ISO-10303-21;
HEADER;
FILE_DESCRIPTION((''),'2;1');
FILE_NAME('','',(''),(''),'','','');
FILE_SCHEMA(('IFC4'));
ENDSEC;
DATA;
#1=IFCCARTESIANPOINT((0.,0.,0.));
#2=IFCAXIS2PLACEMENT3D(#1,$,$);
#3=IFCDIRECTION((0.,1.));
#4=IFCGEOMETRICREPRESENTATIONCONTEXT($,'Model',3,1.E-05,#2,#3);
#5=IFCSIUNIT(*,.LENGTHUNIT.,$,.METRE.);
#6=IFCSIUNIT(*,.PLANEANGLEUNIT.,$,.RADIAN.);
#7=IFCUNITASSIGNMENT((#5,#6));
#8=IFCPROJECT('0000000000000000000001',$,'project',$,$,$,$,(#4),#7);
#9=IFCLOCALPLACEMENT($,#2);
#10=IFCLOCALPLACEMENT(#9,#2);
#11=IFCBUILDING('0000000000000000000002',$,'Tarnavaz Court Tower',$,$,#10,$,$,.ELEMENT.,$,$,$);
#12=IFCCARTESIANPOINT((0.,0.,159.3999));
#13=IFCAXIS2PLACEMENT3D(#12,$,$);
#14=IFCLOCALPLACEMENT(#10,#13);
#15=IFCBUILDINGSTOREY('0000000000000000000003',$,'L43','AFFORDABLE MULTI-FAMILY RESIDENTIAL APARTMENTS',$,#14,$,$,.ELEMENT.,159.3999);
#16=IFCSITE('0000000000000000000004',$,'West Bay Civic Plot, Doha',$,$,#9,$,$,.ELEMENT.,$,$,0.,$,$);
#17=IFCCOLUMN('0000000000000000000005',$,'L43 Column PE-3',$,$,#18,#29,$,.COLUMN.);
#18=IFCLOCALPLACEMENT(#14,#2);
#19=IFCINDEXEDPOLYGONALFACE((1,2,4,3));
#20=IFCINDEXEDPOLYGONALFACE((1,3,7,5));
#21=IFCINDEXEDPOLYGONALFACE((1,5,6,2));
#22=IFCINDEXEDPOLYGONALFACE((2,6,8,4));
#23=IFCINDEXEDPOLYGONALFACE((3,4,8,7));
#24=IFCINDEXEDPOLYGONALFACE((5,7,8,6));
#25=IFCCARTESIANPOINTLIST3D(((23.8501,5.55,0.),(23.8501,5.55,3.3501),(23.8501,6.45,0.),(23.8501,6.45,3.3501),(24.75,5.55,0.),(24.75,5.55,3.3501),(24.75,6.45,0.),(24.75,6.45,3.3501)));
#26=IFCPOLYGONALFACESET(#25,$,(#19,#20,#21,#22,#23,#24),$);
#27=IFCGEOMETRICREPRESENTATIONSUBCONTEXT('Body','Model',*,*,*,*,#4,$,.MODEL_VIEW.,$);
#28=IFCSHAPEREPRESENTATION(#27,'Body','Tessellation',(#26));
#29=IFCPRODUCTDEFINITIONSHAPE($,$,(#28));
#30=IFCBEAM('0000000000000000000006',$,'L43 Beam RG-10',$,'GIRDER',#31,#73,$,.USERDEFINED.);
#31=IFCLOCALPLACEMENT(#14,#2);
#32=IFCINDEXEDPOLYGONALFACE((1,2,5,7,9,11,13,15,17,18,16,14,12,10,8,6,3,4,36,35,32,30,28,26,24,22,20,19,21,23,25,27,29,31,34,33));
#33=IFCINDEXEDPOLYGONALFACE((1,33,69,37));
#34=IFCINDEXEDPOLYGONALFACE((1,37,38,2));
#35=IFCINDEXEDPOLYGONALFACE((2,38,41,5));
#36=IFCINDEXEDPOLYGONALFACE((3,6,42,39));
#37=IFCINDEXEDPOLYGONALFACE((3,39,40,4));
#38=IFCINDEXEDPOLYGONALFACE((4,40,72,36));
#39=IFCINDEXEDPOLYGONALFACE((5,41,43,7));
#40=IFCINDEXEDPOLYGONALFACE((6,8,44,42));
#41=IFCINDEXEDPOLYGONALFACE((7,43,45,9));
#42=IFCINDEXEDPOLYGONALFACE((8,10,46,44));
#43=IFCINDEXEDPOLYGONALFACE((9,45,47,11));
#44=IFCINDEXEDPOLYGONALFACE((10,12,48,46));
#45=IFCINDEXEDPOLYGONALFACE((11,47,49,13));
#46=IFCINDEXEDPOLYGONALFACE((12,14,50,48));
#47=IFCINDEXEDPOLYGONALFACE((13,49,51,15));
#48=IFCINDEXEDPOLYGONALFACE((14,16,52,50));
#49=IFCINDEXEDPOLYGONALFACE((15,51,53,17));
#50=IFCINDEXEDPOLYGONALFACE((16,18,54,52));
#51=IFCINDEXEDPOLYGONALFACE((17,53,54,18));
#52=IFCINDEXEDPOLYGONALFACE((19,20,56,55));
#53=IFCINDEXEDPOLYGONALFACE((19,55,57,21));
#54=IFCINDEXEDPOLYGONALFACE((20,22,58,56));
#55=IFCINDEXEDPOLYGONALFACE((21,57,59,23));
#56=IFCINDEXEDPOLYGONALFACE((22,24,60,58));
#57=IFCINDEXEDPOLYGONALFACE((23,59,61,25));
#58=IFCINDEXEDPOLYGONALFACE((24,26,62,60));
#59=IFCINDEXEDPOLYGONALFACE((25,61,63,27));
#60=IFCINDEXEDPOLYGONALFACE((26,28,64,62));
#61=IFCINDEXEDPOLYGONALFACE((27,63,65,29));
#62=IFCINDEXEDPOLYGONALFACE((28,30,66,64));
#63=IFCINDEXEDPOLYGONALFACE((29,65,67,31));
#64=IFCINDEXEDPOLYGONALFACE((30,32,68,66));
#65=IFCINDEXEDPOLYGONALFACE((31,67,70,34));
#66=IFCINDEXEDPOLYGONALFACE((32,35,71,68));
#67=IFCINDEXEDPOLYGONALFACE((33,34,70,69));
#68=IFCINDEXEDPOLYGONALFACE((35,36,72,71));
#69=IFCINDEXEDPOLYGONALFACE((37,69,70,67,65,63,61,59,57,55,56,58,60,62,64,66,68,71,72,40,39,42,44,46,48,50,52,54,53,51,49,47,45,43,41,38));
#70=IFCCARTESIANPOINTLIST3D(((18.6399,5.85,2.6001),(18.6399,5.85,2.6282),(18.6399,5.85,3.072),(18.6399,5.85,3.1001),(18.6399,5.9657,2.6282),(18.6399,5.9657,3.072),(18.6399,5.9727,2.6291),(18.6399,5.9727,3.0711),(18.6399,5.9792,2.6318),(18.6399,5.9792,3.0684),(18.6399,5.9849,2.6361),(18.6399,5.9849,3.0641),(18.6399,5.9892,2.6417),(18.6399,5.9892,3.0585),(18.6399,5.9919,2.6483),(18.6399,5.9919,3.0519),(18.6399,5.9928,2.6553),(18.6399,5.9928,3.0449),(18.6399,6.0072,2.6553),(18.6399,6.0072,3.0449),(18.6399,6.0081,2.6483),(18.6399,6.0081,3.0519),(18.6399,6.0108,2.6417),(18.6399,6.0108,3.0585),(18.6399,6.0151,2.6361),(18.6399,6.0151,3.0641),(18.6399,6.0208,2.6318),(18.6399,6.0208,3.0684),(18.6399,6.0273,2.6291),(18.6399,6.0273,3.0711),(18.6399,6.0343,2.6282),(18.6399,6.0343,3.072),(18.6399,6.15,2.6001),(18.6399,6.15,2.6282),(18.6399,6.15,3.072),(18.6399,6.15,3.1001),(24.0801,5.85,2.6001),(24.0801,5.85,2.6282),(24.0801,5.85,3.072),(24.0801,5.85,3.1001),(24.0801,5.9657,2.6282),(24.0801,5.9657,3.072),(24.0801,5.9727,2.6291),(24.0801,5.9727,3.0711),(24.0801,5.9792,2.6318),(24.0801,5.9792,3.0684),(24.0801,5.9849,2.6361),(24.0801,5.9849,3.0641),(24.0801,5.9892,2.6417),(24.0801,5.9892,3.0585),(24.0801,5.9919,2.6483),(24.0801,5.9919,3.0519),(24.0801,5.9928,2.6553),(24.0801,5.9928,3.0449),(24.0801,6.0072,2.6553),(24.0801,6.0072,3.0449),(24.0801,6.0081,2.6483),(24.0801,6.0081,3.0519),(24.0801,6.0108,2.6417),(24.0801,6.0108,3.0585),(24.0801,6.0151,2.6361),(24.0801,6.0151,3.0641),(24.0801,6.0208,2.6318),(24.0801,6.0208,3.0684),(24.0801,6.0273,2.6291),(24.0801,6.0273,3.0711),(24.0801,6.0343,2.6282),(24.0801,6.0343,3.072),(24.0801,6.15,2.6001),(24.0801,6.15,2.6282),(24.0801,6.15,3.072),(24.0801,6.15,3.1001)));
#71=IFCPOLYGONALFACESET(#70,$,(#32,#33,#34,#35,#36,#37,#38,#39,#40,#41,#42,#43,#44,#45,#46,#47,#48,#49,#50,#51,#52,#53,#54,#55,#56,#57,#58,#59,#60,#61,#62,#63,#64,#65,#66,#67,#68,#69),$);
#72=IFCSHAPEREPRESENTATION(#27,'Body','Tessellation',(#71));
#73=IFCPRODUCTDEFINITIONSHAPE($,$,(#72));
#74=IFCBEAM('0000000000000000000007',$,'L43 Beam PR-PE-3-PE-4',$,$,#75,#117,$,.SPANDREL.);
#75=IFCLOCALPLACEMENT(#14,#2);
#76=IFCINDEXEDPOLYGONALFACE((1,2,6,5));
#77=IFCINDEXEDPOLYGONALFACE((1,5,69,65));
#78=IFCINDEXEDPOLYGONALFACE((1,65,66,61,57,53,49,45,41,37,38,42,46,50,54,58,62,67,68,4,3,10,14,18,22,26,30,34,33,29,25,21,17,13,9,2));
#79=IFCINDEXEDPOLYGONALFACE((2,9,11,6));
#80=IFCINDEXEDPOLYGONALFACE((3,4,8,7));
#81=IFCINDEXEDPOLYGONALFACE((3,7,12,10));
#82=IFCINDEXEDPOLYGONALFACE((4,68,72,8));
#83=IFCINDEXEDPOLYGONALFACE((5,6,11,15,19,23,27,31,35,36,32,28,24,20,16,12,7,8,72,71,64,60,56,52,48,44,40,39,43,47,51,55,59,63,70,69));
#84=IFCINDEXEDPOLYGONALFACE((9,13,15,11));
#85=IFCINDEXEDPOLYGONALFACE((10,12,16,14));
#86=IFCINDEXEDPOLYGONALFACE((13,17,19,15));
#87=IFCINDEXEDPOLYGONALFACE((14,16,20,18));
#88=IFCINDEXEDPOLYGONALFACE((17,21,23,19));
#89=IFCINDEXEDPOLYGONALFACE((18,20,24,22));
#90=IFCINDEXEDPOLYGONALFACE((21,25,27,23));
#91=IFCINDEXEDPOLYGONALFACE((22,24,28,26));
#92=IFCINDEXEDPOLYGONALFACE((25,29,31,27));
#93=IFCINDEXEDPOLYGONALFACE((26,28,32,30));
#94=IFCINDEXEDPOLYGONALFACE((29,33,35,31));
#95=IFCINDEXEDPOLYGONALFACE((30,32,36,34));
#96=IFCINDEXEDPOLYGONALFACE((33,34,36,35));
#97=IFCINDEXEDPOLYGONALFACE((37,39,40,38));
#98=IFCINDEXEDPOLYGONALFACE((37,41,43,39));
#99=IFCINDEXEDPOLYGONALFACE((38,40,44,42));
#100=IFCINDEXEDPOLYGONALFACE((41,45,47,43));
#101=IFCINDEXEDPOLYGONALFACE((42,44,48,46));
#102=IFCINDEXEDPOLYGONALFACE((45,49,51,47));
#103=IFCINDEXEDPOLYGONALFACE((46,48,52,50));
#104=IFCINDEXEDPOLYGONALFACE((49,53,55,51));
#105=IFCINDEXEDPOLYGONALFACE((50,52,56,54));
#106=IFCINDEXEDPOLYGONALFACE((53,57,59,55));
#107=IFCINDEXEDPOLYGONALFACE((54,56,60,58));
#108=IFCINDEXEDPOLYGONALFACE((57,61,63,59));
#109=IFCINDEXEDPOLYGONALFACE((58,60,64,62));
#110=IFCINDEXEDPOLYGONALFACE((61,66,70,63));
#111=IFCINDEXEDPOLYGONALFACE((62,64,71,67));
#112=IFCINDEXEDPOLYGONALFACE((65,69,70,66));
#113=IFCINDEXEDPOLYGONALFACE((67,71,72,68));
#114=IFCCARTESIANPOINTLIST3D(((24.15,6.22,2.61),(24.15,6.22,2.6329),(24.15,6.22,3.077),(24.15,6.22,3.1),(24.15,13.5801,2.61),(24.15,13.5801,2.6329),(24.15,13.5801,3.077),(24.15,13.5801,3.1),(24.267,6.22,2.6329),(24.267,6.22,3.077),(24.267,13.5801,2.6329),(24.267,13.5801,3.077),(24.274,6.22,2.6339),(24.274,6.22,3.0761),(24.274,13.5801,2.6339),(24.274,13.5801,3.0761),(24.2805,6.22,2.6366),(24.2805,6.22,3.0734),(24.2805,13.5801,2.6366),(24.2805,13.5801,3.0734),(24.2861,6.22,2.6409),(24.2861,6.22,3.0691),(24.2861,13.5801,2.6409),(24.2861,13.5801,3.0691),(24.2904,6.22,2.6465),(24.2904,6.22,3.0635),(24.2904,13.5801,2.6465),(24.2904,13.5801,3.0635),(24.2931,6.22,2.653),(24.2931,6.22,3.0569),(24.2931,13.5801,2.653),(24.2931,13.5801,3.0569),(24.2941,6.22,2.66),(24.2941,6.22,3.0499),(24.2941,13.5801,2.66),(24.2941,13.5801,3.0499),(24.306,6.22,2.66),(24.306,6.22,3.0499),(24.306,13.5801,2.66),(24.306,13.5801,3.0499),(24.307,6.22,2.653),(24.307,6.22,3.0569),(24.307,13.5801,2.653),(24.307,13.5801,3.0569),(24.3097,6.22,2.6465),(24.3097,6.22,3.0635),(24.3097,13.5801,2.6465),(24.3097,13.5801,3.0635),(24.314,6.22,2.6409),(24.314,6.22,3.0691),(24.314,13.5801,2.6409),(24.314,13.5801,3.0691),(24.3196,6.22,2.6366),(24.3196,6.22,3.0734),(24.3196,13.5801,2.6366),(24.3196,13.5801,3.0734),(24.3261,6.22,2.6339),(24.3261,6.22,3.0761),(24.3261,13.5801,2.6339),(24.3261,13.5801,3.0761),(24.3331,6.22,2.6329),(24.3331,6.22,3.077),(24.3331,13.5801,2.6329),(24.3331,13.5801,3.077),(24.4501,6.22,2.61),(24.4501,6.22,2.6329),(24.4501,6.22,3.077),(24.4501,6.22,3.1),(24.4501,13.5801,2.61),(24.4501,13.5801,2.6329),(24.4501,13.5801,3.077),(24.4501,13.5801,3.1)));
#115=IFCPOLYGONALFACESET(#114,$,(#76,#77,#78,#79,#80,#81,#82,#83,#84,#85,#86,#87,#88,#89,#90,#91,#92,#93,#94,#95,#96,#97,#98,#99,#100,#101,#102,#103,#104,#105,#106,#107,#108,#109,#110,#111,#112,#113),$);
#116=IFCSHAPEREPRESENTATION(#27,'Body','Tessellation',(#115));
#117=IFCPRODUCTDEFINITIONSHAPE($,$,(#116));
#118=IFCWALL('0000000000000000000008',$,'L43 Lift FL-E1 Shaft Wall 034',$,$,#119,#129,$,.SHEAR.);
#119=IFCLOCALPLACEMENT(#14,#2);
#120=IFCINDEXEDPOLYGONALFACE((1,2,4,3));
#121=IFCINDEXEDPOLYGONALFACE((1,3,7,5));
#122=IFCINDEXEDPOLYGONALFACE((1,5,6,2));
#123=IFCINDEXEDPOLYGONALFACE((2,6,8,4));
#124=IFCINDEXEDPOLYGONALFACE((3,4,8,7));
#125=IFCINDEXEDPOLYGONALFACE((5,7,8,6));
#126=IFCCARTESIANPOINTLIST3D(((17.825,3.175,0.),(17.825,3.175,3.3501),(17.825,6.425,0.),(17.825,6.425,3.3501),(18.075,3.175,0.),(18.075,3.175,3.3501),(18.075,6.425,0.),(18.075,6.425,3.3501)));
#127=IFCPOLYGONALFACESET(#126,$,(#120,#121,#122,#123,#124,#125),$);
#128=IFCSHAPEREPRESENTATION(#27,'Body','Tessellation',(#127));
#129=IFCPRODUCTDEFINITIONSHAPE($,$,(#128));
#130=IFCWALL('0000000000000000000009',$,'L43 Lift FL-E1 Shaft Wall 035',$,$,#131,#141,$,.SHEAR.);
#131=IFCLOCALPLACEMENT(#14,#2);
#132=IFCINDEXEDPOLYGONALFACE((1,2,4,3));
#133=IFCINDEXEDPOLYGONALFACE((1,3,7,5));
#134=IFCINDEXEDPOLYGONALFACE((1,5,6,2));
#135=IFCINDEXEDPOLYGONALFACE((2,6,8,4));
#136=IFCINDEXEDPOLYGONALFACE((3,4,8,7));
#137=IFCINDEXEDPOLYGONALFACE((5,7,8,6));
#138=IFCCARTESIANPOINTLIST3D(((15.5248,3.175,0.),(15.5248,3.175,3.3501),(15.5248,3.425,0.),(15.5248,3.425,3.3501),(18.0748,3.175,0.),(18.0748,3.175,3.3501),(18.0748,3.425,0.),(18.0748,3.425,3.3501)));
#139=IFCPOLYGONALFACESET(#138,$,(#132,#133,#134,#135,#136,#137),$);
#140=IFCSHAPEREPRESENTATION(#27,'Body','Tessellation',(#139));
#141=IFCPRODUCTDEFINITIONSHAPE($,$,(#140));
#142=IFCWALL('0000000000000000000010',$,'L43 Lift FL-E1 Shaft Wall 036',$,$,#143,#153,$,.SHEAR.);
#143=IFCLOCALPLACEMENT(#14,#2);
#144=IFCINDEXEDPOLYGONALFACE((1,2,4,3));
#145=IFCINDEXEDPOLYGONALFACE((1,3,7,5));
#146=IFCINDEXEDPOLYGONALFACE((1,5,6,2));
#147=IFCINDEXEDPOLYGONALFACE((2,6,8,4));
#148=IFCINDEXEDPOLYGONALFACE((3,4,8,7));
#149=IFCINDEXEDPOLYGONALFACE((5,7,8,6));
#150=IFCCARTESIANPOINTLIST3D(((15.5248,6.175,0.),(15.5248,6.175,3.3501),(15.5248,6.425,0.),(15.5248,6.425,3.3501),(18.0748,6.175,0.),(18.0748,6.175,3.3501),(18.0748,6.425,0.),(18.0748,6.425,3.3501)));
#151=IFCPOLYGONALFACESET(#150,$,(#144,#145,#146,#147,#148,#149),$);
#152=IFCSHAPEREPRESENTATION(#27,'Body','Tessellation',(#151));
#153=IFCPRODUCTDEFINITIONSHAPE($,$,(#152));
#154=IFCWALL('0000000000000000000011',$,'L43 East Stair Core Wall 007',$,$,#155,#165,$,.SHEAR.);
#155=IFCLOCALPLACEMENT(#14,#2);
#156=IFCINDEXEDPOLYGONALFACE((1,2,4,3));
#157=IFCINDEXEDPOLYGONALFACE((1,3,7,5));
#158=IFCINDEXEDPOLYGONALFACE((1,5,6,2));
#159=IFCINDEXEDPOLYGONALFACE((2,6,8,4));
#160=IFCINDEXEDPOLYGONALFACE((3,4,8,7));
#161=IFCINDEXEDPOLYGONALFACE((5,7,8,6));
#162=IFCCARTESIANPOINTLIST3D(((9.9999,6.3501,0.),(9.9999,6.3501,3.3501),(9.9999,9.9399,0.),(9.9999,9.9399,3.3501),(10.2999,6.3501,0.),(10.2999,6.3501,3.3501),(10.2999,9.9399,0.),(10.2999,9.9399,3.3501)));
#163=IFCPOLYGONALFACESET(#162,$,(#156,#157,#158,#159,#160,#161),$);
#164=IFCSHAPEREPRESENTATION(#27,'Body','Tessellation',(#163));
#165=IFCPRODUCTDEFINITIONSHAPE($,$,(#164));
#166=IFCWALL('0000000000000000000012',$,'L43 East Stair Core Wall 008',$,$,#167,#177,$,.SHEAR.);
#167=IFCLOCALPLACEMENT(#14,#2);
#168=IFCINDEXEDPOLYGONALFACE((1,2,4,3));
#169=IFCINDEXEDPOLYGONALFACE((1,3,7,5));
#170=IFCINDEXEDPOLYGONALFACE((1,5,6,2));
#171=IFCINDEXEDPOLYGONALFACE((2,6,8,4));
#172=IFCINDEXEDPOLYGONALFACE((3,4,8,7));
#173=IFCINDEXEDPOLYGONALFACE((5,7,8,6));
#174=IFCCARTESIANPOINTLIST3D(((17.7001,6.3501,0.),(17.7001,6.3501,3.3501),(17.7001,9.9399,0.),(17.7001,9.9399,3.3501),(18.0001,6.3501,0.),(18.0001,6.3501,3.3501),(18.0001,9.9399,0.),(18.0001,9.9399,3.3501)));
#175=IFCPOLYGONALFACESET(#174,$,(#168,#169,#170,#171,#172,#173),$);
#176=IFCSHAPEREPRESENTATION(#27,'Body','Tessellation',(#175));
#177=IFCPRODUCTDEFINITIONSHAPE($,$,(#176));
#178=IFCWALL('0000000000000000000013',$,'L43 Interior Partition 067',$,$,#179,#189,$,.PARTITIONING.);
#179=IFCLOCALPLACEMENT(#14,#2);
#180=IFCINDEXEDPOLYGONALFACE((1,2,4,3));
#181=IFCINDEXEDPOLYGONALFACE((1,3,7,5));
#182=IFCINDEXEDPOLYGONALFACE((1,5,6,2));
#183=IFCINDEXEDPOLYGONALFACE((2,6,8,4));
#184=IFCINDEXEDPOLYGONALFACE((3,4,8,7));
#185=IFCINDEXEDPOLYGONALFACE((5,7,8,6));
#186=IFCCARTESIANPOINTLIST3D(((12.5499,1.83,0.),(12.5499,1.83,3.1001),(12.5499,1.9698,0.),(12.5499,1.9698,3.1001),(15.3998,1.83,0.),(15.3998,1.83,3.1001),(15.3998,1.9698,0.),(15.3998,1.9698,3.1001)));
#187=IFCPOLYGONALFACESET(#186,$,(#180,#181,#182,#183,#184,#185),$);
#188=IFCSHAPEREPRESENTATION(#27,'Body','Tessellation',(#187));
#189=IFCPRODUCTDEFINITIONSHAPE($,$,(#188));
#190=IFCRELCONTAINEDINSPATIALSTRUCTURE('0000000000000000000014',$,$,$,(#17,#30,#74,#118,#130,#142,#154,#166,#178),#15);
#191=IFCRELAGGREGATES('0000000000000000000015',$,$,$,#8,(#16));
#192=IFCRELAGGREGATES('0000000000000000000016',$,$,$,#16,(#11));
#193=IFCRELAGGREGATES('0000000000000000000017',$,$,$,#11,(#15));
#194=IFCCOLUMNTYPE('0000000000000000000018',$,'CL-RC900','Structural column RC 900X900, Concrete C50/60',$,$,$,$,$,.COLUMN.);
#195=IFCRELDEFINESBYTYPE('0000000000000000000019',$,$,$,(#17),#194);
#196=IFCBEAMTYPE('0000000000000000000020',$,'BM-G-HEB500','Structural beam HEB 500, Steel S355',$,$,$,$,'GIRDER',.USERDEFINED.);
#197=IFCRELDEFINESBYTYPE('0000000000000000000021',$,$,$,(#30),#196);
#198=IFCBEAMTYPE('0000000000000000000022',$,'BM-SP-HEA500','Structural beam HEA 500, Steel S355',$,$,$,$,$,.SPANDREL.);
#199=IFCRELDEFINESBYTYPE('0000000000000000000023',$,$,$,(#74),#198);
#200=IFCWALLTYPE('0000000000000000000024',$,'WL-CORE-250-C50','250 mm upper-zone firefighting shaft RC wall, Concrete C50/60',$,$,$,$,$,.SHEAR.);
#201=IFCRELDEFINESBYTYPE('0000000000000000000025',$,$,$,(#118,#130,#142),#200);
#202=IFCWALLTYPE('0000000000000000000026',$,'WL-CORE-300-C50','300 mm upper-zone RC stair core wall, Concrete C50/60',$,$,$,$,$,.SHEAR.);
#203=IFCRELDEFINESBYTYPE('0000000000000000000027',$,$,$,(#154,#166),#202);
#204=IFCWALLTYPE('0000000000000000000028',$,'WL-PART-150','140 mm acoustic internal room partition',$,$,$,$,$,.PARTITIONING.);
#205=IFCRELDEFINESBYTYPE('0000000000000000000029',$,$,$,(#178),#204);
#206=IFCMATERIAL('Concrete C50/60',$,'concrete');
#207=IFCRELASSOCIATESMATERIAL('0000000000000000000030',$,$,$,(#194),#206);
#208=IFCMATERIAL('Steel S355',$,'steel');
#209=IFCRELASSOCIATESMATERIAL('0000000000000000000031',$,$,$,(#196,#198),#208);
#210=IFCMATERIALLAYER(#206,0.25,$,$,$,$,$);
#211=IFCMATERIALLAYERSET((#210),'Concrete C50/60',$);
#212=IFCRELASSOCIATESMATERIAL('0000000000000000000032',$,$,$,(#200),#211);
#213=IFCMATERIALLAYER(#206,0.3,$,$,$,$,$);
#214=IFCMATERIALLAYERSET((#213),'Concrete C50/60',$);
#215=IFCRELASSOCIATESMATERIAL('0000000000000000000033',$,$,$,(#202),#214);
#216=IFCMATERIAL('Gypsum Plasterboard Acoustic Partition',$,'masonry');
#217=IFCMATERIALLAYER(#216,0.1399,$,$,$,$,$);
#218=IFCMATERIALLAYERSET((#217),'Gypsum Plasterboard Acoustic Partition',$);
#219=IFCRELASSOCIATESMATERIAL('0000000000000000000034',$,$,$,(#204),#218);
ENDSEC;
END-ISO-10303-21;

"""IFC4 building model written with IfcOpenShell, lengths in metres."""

from ifc_helpers import new_model, si_unit, direction, frame, frame_2d, origin, origin_2d, place, context, subcontext, project, spatial, rectangle, i_section, extrude, material, layer, layer_set, material_profile, profile_set, type_object, element, save


model = new_model("IFC4")

# Units and contexts
model_context = context("Model", 3, precision=1e-05, world=origin(), true_north=direction((0.0, 1.0)))
body_context = subcontext(model_context, "Body", "Model", "MODEL_VIEW")
ifc_project = project(units=[si_unit("LENGTHUNIT", "METRE"), si_unit("PLANEANGLEUNIT", "RADIAN")], contexts=[model_context])

# Site, building, storey
site_placement = place(None, origin())
site = spatial("IfcSite", under=ifc_project, at=site_placement, Name="West Bay Civic Plot, Doha", CompositionType="ELEMENT", RefElevation=0.0)
building_placement = place(site_placement, origin())
building = spatial("IfcBuilding", under=site, at=building_placement, Name="Tarnavaz Court Tower", CompositionType="ELEMENT")
storey_placement = place(building_placement, frame((0.0, 0.0, 159.3999)))
storey = spatial("IfcBuildingStorey", under=building, at=storey_placement, Name="L43", Description="AFFORDABLE MULTI-FAMILY RESIDENTIAL APARTMENTS", CompositionType="ELEMENT", Elevation=159.3999)

# Column
ifc_material_1 = material(Name="Concrete C50/60", Category="concrete")
ifc_material_profile_1 = material_profile(ifc_material_1, rectangle(XDim=0.8999, YDim=0.8999, at=origin_2d()), Name="RC 900X900")
ifc_profile_set_1 = profile_set([ifc_material_profile_1], Name="Concrete C50/60")
column_type = type_object("IfcColumnType", Name="CL-RC900", Description="Structural column RC 900X900, Concrete C50/60", PredefinedType="COLUMN", material=ifc_profile_set_1)
column_placement = place(storey_placement, frame((24.3, 6.0, 0.0), z_axis=(0.0, 0.0, 1.0), x_axis=(1.0, 0.0, 0.0)))
element("IfcColumn", 1, at=column_placement, inside=storey, type_object=column_type, Name="L43 Column PE-3", PredefinedType="COLUMN", context=body_context, shape_type="SweptSolid", body=[
    extrude(rectangle(XDim=0.8999, YDim=0.8999, at=origin_2d()), origin(), (0.0, 0.0, 1.0), 3.3501),
])

# Beams
ifc_material_2 = material(Name="Steel S355", Category="steel")
ifc_material_profile_2 = material_profile(ifc_material_2, i_section(OverallWidth=0.3, OverallDepth=0.5, WebThickness=0.0144, FlangeThickness=0.0281, FilletRadius=0.0271, at=origin_2d()), Name="HEB 500")
ifc_profile_set_2 = profile_set([ifc_material_profile_2], Name="Steel S355")
beam_type_1 = type_object("IfcBeamType", Name="BM-G-HEB500", Description="Structural beam HEB 500, Steel S355", ElementType="GIRDER", PredefinedType="USERDEFINED", material=ifc_profile_set_2)
beam_1_placement = place(storey_placement, frame((18.6399, 6.0, 2.8501), z_axis=(1.0, 0.0, 0.0), x_axis=(0.0, 1.0, 0.0)))
element("IfcBeam", 2, at=beam_1_placement, inside=storey, type_object=beam_type_1, Name="L43 Beam RG-10", ObjectType="GIRDER", PredefinedType="USERDEFINED", context=body_context, shape_type="SweptSolid", body=[
    extrude(i_section(OverallWidth=0.3, OverallDepth=0.5, WebThickness=0.0144, FlangeThickness=0.0281, FilletRadius=0.0271, at=origin_2d()), origin(), (0.0, 0.0, 1.0), 5.4402),
])
ifc_material_profile_3 = material_profile(ifc_material_2, i_section(OverallWidth=0.3, OverallDepth=0.49, WebThickness=0.012, FlangeThickness=0.0229, FilletRadius=0.0271, at=origin_2d()), Name="HEA 500")
ifc_profile_set_3 = profile_set([ifc_material_profile_3], Name="Steel S355")
beam_type_2 = type_object("IfcBeamType", Name="BM-SP-HEA500", Description="Structural beam HEA 500, Steel S355", PredefinedType="SPANDREL", material=ifc_profile_set_3)
beam_2_placement = place(storey_placement, frame((24.3, 6.22, 2.855), z_axis=(0.0, 1.0, 0.0), x_axis=(-1.0, 0.0, 0.0)))
element("IfcBeam", 3, at=beam_2_placement, inside=storey, type_object=beam_type_2, Name="L43 Beam PR-PE-3-PE-4", PredefinedType="SPANDREL", context=body_context, shape_type="SweptSolid", body=[
    extrude(i_section(OverallWidth=0.3, OverallDepth=0.49, WebThickness=0.012, FlangeThickness=0.0229, FilletRadius=0.0271, at=origin_2d()), origin(), (0.0, 0.0, 1.0), 7.3601),
])

# Shared definitions
ifc_layer_1 = layer(ifc_material_1, 0.25)
ifc_layer_set_1 = layer_set([ifc_layer_1], Name="Concrete C50/60")
wall_type_1 = type_object("IfcWallType", Name="WL-CORE-250-C50", Description="250 mm upper-zone firefighting shaft RC wall, Concrete C50/60", PredefinedType="SHEAR", material=ifc_layer_set_1)

# Walls
wall_1_placement = place(storey_placement, frame((17.95, 3.175, 0.0), z_axis=(0.0, 0.0, 1.0), x_axis=(0.0, 1.0, 0.0)))
element("IfcWall", 4, at=wall_1_placement, inside=storey, type_object=wall_type_1, Name="L43 Lift FL-E1 Shaft Wall 034", PredefinedType="SHEAR", context=body_context, shape_type="SweptSolid", body=[
    extrude(rectangle(XDim=3.25, YDim=0.25, at=frame_2d((1.625, 0.0))), origin(), (0.0, 0.0, 1.0), 3.3501),
])
for number, where, z_axis, x_axis, name in (
    (5, (15.5249, 3.3, 0.0), (0.0, 0.0, 1.0), (1.0, 0.0, 0.0), "L43 Lift FL-E1 Shaft Wall 035"),
    (6, (15.5249, 6.3, 0.0), (0.0, 0.0, 1.0), (1.0, 0.0, 0.0), "L43 Lift FL-E1 Shaft Wall 036"),
):
    element("IfcWall", number, at=place(storey_placement, frame(where, z_axis=z_axis, x_axis=x_axis)), inside=storey, type_object=wall_type_1, Name=name, PredefinedType="SHEAR", context=body_context, shape_type="SweptSolid", body=[
        extrude(rectangle(XDim=2.55, YDim=0.25, at=frame_2d((1.2749, 0.0))), origin(), (0.0, 0.0, 1.0), 3.3501),
    ])
ifc_layer_2 = layer(ifc_material_1, 0.3)
ifc_layer_set_2 = layer_set([ifc_layer_2], Name="Concrete C50/60")
wall_type_2 = type_object("IfcWallType", Name="WL-CORE-300-C50", Description="300 mm upper-zone RC stair core wall, Concrete C50/60", PredefinedType="SHEAR", material=ifc_layer_set_2)
for number, where, z_axis, x_axis, name in (
    (7, (10.1499, 6.3501, 0.0), (0.0, 0.0, 1.0), (0.0, 1.0, 0.0), "L43 East Stair Core Wall 007"),
    (8, (17.8501, 6.3501, 0.0), (0.0, 0.0, 1.0), (0.0, 1.0, 0.0), "L43 East Stair Core Wall 008"),
):
    element("IfcWall", number, at=place(storey_placement, frame(where, z_axis=z_axis, x_axis=x_axis)), inside=storey, type_object=wall_type_2, Name=name, PredefinedType="SHEAR", context=body_context, shape_type="SweptSolid", body=[
        extrude(rectangle(XDim=3.5898, YDim=0.3, at=frame_2d((1.7949, 0.0))), origin(), (0.0, 0.0, 1.0), 3.3501),
    ])

# Wall
ifc_material_3 = material(Name="Gypsum Plasterboard Acoustic Partition", Category="masonry")
ifc_layer_3 = layer(ifc_material_3, 0.1399)
ifc_layer_set_3 = layer_set([ifc_layer_3], Name="Gypsum Plasterboard Acoustic Partition")
wall_type_3 = type_object("IfcWallType", Name="WL-PART-150", Description="140 mm acoustic internal room partition", PredefinedType="PARTITIONING", material=ifc_layer_set_3)
wall_2_placement = place(storey_placement, frame((12.55, 1.8999, 0.0), z_axis=(0.0, 0.0, 1.0), x_axis=(1.0, 0.0, 0.0)))
element("IfcWall", 9, at=wall_2_placement, inside=storey, type_object=wall_type_3, Name="L43 Interior Partition 067", PredefinedType="PARTITIONING", context=body_context, shape_type="SweptSolid", body=[
    extrude(rectangle(XDim=2.8499, YDim=0.1399, at=frame_2d((1.4248, 0.0))), origin(), (0.0, 0.0, 1.0), 3.1001),
])

save(model, "model.ifc")
